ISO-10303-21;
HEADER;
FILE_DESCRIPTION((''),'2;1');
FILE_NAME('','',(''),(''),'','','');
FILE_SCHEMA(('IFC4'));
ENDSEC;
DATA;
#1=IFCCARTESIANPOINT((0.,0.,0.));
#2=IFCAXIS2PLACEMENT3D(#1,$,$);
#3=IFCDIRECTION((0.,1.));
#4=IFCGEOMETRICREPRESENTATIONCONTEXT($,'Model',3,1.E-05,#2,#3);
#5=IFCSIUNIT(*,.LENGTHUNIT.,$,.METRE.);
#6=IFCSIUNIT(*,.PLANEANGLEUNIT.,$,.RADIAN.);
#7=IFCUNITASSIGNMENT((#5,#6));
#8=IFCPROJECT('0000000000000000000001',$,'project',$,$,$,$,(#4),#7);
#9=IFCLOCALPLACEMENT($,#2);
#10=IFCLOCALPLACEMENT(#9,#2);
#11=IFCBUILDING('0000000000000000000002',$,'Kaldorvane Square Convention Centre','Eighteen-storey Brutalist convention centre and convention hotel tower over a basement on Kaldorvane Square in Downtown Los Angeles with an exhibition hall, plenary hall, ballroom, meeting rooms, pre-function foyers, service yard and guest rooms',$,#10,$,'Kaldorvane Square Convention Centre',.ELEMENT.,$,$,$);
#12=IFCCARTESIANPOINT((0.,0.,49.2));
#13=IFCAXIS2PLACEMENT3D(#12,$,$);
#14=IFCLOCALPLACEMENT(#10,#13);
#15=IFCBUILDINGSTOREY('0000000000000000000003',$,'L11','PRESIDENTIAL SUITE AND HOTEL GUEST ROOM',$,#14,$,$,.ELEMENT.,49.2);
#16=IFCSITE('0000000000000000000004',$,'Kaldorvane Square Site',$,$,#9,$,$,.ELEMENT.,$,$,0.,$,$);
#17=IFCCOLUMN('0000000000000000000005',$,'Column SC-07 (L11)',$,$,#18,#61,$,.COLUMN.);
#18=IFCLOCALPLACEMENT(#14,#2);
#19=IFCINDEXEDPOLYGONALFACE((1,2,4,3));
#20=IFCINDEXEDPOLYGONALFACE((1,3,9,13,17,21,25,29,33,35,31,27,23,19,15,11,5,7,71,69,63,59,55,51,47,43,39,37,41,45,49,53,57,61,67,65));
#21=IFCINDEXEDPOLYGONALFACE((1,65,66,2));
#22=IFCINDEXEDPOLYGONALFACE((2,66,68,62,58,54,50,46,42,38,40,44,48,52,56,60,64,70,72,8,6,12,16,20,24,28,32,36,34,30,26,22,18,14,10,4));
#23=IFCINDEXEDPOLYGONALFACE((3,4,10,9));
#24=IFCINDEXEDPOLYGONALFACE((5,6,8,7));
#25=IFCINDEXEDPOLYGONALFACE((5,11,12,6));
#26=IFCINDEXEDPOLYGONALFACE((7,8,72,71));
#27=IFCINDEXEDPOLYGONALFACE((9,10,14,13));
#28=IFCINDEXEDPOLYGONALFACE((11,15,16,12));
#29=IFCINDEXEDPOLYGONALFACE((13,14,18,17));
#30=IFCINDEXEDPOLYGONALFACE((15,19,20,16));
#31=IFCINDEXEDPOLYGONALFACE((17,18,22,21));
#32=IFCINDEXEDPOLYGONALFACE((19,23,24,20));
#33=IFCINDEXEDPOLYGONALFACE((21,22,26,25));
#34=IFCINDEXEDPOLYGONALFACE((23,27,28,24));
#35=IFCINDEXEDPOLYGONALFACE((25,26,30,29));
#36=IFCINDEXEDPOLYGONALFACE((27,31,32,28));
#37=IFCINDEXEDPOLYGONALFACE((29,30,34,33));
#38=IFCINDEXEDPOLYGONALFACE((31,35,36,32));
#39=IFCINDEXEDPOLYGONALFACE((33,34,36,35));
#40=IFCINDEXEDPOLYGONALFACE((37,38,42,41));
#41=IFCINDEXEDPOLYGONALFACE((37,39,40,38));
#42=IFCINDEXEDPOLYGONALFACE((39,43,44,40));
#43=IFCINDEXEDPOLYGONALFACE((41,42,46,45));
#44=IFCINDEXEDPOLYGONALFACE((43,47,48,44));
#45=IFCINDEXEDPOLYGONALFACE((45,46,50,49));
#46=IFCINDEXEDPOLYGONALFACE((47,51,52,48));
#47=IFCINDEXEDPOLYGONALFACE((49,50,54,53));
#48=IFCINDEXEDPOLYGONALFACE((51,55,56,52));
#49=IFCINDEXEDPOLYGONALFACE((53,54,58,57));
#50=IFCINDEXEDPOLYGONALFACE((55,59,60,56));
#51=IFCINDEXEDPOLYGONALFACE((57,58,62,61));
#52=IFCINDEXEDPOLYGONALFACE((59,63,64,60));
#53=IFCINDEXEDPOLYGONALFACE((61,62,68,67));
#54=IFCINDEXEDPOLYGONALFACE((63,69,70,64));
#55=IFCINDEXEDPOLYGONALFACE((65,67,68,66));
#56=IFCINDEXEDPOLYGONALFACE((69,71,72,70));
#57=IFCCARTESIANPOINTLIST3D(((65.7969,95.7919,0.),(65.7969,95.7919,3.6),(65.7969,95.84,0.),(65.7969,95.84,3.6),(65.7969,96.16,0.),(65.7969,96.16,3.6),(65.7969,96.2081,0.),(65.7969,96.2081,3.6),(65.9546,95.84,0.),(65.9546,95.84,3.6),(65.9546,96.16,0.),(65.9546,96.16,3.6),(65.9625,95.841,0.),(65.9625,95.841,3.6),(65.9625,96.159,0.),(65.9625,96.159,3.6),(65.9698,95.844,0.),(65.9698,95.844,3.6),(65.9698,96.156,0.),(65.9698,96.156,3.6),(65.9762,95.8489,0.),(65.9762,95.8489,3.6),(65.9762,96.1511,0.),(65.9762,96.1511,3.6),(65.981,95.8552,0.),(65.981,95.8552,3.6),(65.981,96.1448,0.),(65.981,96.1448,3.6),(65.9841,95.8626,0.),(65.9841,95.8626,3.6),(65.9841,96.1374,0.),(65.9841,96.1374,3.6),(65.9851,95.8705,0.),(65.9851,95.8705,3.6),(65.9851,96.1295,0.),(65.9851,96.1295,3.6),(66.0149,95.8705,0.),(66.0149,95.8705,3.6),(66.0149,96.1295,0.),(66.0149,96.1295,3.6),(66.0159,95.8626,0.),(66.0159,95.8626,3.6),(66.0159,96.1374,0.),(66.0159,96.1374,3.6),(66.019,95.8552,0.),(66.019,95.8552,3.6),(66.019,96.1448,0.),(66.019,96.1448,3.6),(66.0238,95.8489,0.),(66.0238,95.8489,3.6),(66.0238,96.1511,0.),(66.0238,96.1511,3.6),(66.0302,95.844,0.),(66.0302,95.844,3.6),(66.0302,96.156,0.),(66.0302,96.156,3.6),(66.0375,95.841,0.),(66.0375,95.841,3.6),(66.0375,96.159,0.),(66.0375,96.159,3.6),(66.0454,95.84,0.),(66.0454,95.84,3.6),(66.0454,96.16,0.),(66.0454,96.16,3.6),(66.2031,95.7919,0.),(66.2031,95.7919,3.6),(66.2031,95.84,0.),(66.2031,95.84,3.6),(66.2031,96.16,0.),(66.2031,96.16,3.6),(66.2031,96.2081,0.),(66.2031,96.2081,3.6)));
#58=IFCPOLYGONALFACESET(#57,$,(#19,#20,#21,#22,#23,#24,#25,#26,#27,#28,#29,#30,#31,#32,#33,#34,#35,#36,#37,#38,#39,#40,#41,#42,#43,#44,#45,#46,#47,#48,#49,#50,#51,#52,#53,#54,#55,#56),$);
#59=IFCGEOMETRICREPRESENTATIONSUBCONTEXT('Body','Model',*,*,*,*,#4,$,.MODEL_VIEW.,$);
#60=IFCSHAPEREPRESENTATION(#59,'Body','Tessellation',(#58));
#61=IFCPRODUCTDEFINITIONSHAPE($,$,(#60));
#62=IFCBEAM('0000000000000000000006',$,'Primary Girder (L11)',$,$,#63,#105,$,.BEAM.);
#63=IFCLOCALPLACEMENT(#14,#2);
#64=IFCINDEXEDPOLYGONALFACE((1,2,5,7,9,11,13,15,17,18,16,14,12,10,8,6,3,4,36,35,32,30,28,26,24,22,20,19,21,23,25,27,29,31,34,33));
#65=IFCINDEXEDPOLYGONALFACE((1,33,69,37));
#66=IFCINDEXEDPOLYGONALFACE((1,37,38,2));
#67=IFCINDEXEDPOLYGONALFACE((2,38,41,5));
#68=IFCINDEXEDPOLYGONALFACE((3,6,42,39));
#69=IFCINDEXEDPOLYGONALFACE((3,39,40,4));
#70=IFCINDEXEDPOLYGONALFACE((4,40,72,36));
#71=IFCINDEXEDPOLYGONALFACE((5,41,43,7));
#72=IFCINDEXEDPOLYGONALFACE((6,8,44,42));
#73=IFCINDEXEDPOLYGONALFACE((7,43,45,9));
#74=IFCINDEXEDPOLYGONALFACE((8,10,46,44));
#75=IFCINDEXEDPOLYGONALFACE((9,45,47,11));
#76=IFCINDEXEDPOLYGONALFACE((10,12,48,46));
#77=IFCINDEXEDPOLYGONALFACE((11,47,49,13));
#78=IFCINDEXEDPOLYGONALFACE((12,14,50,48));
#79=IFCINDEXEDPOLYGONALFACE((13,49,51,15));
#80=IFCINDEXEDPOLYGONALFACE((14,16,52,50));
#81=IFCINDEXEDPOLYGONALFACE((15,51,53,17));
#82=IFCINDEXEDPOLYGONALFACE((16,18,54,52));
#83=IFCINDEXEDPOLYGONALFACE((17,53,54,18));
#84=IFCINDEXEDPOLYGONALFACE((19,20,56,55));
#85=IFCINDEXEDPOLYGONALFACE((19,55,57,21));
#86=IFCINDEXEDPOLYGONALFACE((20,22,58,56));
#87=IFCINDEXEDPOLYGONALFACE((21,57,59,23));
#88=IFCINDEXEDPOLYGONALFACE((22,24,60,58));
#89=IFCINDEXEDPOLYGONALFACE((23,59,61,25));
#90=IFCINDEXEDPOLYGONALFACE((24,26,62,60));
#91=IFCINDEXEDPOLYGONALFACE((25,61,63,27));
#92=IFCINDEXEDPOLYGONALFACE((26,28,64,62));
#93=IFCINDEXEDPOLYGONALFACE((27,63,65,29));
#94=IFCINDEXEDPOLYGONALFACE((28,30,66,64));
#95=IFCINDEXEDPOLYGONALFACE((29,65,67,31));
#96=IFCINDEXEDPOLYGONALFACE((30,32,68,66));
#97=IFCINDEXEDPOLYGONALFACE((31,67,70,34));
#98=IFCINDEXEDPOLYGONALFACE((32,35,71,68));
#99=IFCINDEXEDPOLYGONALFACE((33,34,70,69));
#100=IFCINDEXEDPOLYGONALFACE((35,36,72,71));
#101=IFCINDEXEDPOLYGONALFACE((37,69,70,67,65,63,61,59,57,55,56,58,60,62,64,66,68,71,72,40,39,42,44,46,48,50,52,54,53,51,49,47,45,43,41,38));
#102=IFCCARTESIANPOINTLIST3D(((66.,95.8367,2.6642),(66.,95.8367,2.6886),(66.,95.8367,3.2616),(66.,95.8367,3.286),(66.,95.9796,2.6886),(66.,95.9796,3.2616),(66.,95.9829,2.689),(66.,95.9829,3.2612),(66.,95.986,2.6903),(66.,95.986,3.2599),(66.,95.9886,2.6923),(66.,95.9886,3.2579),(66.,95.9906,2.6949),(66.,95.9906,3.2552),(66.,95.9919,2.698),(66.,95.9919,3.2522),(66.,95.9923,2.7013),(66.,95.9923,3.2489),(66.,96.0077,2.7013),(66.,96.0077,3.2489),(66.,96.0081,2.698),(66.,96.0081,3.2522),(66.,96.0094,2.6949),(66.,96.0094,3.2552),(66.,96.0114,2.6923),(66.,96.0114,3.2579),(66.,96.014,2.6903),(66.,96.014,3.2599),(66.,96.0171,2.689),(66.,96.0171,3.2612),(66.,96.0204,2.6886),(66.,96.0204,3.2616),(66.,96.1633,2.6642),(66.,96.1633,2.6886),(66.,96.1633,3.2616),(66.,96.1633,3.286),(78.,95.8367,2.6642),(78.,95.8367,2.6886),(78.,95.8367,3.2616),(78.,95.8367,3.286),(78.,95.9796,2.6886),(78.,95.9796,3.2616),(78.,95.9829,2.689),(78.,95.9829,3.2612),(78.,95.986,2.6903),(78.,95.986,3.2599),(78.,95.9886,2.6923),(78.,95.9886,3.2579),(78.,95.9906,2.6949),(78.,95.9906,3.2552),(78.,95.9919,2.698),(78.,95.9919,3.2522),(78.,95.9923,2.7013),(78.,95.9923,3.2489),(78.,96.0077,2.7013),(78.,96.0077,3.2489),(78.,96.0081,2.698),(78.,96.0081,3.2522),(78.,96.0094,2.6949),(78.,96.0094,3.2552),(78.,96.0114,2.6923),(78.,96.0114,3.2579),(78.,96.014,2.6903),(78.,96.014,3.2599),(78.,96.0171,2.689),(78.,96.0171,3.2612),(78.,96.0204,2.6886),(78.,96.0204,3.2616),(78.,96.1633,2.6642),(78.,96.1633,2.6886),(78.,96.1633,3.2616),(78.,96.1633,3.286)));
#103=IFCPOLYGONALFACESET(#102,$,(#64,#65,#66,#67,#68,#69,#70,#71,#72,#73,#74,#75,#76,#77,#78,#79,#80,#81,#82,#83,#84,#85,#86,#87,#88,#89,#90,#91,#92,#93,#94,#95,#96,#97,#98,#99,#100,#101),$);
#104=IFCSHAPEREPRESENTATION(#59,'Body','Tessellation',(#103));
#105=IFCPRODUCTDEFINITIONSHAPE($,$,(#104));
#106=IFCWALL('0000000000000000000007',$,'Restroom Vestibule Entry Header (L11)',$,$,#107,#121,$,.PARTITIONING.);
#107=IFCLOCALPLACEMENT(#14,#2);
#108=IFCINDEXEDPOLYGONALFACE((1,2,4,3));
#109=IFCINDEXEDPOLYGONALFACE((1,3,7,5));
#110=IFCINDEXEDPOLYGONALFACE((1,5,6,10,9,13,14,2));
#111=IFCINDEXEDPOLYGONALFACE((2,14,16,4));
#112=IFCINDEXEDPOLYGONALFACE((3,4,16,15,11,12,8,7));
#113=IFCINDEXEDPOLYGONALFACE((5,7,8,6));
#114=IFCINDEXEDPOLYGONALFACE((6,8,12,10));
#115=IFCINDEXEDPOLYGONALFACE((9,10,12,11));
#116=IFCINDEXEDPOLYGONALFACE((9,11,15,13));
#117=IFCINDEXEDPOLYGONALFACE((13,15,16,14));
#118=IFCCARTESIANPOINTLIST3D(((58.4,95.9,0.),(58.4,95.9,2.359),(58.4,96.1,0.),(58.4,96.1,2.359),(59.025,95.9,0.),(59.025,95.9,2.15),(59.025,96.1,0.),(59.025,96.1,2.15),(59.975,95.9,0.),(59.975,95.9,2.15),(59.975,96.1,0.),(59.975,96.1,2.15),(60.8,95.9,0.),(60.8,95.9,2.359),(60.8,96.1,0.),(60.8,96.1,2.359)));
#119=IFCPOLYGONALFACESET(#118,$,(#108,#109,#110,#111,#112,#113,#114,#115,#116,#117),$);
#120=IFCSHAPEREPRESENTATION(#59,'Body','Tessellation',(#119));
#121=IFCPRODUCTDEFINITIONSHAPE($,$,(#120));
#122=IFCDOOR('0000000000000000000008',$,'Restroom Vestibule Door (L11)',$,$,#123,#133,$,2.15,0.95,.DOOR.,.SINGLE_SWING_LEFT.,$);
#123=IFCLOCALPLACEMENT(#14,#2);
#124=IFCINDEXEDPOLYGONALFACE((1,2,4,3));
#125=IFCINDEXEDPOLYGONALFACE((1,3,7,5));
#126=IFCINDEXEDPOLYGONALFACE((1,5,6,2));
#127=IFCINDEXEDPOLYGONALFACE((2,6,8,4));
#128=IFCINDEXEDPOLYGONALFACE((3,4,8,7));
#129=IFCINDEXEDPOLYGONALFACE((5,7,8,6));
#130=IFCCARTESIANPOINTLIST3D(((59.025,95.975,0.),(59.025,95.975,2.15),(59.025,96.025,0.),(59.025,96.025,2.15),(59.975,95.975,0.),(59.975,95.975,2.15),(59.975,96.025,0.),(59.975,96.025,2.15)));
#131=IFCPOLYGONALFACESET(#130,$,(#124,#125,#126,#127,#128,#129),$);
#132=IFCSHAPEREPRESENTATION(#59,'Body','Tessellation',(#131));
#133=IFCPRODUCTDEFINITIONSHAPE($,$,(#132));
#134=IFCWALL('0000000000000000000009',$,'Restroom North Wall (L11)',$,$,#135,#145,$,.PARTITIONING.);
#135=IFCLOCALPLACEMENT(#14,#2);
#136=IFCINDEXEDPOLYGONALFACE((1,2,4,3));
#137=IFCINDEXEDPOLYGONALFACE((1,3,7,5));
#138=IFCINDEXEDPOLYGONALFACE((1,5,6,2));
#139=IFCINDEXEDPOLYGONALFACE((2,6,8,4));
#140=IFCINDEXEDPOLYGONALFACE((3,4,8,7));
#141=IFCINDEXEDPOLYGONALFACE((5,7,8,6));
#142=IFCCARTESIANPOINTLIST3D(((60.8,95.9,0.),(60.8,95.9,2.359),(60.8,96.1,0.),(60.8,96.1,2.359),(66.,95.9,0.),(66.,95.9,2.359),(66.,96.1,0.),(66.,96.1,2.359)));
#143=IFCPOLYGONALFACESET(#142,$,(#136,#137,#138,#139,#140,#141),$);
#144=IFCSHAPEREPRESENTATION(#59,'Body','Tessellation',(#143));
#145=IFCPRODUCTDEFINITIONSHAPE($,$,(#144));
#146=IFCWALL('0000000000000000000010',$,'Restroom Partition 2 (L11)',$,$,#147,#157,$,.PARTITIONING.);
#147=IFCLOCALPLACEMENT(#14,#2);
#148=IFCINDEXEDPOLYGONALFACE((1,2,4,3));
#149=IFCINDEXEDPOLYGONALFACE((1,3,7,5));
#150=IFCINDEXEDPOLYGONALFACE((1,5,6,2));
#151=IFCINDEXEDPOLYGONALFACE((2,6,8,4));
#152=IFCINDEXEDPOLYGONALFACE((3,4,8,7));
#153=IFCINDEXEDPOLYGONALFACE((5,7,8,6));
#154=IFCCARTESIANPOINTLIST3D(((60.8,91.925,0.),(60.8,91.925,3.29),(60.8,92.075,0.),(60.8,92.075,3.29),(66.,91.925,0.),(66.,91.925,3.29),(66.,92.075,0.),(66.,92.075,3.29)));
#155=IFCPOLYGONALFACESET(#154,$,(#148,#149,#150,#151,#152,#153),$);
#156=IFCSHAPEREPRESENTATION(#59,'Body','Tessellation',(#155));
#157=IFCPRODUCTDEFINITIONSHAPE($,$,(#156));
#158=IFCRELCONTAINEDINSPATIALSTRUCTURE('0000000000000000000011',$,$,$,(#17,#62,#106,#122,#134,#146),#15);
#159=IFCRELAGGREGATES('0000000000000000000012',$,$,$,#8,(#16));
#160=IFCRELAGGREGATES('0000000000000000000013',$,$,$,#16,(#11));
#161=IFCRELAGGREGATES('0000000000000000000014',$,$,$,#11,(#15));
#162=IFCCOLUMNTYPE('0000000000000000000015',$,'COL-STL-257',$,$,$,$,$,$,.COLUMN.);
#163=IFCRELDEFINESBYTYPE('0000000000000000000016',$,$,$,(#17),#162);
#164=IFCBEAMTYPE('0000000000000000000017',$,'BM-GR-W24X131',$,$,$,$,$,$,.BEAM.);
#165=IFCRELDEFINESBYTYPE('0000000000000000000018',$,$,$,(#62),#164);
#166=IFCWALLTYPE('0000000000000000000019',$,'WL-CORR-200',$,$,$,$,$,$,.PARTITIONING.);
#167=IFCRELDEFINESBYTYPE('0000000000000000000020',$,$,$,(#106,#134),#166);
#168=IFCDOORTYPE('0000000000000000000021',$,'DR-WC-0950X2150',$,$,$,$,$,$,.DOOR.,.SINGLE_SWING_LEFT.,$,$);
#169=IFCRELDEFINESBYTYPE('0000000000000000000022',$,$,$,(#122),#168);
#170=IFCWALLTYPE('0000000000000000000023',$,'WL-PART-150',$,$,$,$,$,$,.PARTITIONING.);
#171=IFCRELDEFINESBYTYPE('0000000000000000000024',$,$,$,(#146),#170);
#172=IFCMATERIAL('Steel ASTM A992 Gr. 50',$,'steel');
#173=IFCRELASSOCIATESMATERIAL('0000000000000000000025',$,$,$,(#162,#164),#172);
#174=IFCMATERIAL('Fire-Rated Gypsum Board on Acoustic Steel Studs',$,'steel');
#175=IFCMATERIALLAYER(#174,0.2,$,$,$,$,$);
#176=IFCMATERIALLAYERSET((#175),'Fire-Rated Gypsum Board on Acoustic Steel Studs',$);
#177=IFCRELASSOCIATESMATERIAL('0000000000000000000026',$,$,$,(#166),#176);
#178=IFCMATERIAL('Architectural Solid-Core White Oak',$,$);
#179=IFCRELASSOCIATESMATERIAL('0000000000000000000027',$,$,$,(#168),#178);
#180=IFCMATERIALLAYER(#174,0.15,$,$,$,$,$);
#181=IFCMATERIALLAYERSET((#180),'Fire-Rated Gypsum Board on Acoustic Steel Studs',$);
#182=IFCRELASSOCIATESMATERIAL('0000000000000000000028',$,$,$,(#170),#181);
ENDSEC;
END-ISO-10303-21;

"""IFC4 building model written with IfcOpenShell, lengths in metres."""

from ifc_helpers import new_model, si_unit, direction, frame, frame_2d, origin, origin_2d, place, context, subcontext, project, spatial, rectangle, i_section, extrude, material, layer, layer_set, material_profile, profile_set, type_object, element, fill, save


model = new_model("IFC4")

# Units and contexts
model_context = context("Model", 3, precision=1e-05, world=origin(), true_north=direction((0.0, 1.0)))
body_context = subcontext(model_context, "Body", "Model", "MODEL_VIEW")
ifc_project = project(units=[si_unit("LENGTHUNIT", "METRE"), si_unit("PLANEANGLEUNIT", "RADIAN")], contexts=[model_context])

# Site, building, storey
site_placement = place(None, origin())
site = spatial("IfcSite", under=ifc_project, at=site_placement, Name="Kaldorvane Square Site", CompositionType="ELEMENT", RefElevation=0.0)
building_placement = place(site_placement, origin())
building = spatial("IfcBuilding", under=site, at=building_placement, Name="Kaldorvane Square Convention Centre", Description="Eighteen-storey Brutalist convention centre and convention hotel tower over a basement on Kaldorvane Square in Downtown Los Angeles with an exhibition hall, plenary hall, ballroom, meeting rooms, pre-function foyers, service yard and guest rooms", LongName="Kaldorvane Square Convention Centre", CompositionType="ELEMENT")
storey_placement = place(building_placement, frame((0.0, 0.0, 49.2)))
storey = spatial("IfcBuildingStorey", under=building, at=storey_placement, Name="L11", Description="PRESIDENTIAL SUITE AND HOTEL GUEST ROOM", CompositionType="ELEMENT", Elevation=49.2)

# Column
ifc_material_1 = material(Name="Steel ASTM A992 Gr. 50", Category="steel")
ifc_material_profile_1 = material_profile(ifc_material_1, i_section(OverallWidth=0.4063, OverallDepth=0.4161, WebThickness=0.0298, FlangeThickness=0.048, FilletRadius=0.0305, at=origin_2d()), Name="W14X257")
ifc_profile_set_1 = profile_set([ifc_material_profile_1], Name="Steel ASTM A992 Gr. 50")
column_type = type_object("IfcColumnType", Name="COL-STL-257", PredefinedType="COLUMN", material=ifc_profile_set_1)
column_placement = place(storey_placement, frame((66.0, 96.0, 0.0), z_axis=(0.0, 0.0, 1.0), x_axis=(1.0, 0.0, 0.0)))
element("IfcColumn", 1, at=column_placement, inside=storey, type_object=column_type, Name="Column SC-07 (L11)", PredefinedType="COLUMN", context=body_context, shape_type="SweptSolid", body=[
    extrude(i_section(OverallWidth=0.4063, OverallDepth=0.4161, WebThickness=0.0298, FlangeThickness=0.048, FilletRadius=0.0305, at=origin_2d()), origin(), (0.0, 0.0, 1.0), 3.6),
])

# Beam
ifc_material_profile_2 = material_profile(ifc_material_1, i_section(OverallWidth=0.3265, OverallDepth=0.6218, WebThickness=0.0154, FlangeThickness=0.0244, FilletRadius=0.0127, at=origin_2d()), Name="W24X131")
ifc_profile_set_2 = profile_set([ifc_material_profile_2], Name="Steel ASTM A992 Gr. 50")
beam_type = type_object("IfcBeamType", Name="BM-GR-W24X131", PredefinedType="BEAM", material=ifc_profile_set_2)
beam_placement = place(storey_placement, frame((66.0, 96.0, 2.9751), z_axis=(1.0, 0.0, 0.0), x_axis=(0.0, 1.0, 0.0)))
element("IfcBeam", 2, at=beam_placement, inside=storey, type_object=beam_type, Name="Primary Girder (L11)", PredefinedType="BEAM", context=body_context, shape_type="SweptSolid", body=[
    extrude(i_section(OverallWidth=0.3265, OverallDepth=0.6218, WebThickness=0.0154, FlangeThickness=0.0244, FilletRadius=0.0127, at=origin_2d()), origin(), (0.0, 0.0, 1.0), 12.0),
])

# Wall, opening, door
ifc_material_2 = material(Name="Fire-Rated Gypsum Board on Acoustic Steel Studs", Category="steel")
ifc_layer_1 = layer(ifc_material_2, 0.2)
ifc_layer_set_1 = layer_set([ifc_layer_1], Name="Fire-Rated Gypsum Board on Acoustic Steel Studs")
wall_type_1 = type_object("IfcWallType", Name="WL-CORR-200", PredefinedType="PARTITIONING", material=ifc_layer_set_1)
wall_1_placement = place(storey_placement, frame((58.4, 96.0, 0.0), z_axis=(0.0, 0.0, 1.0), x_axis=(1.0, 0.0, 0.0)))
wall_1 = element("IfcWall", 3, at=wall_1_placement, inside=storey, type_object=wall_type_1, Name="Restroom Vestibule Entry Header (L11)", PredefinedType="PARTITIONING", context=body_context, shape_type="SweptSolid", body=[
    extrude(rectangle(XDim=2.4, YDim=0.2, at=frame_2d((1.2, 0.0))), origin(), (0.0, 0.0, 1.0), 2.359),
])
opening_1_placement = place(wall_1_placement, frame((0.625, 0.0, 0.0)))
opening_1 = element("IfcOpeningElement", 4, at=opening_1_placement, cuts=wall_1, PredefinedType="OPENING", context=body_context, shape_type="SweptSolid", body=[
    extrude(rectangle(XDim=0.95, YDim=2.15, at=frame_2d((0.475, 1.075))), frame((0.0, 0.115, 0.0), z_axis=(0.0, -1.0, 0.0), x_axis=(1.0, 0.0, 0.0)), (0.0, 0.0, 1.0), 0.23),
])
ifc_material_3 = material(Name="Architectural Solid-Core White Oak")
door_type_1 = type_object("IfcDoorType", Name="DR-WC-0950X2150", OperationType="SINGLE_SWING_LEFT", PredefinedType="DOOR", material=ifc_material_3)
door_1_placement = place(opening_1_placement, origin())
door_1 = element("IfcDoor", 5, at=door_1_placement, inside=storey, type_object=door_type_1, Name="Restroom Vestibule Door (L11)", OperationType="SINGLE_SWING_LEFT", OverallHeight=2.15, OverallWidth=0.95, PredefinedType="DOOR", context=body_context, shape_type="SweptSolid", body=[
    extrude(rectangle(XDim=0.95, YDim=2.15, at=frame_2d((0.475, 1.075))), frame((0.0, 0.025, 0.0), z_axis=(0.0, -1.0, 0.0), x_axis=(1.0, 0.0, 0.0)), (0.0, 0.0, 1.0), 0.05),
])
fill(opening_1, door_1)

# Walls
wall_2_placement = place(storey_placement, frame((60.8, 96.0, 0.0), z_axis=(0.0, 0.0, 1.0), x_axis=(1.0, 0.0, 0.0)))
element("IfcWall", 6, at=wall_2_placement, inside=storey, type_object=wall_type_1, Name="Restroom North Wall (L11)", PredefinedType="PARTITIONING", context=body_context, shape_type="SweptSolid", body=[
    extrude(rectangle(XDim=5.2, YDim=0.2, at=frame_2d((2.6, 0.0))), origin(), (0.0, 0.0, 1.0), 2.359),
])
ifc_layer_2 = layer(ifc_material_2, 0.15)
ifc_layer_set_2 = layer_set([ifc_layer_2], Name="Fire-Rated Gypsum Board on Acoustic Steel Studs")
wall_type_2 = type_object("IfcWallType", Name="WL-PART-150", PredefinedType="PARTITIONING", material=ifc_layer_set_2)
wall_3_placement = place(storey_placement, frame((60.8, 92.0, 0.0), z_axis=(0.0, 0.0, 1.0), x_axis=(1.0, 0.0, 0.0)))
element("IfcWall", 7, at=wall_3_placement, inside=storey, type_object=wall_type_2, Name="Restroom Partition 2 (L11)", PredefinedType="PARTITIONING", context=body_context, shape_type="SweptSolid", body=[
    extrude(rectangle(XDim=5.2, YDim=0.15, at=frame_2d((2.6, 0.0))), origin(), (0.0, 0.0, 1.0), 3.29),
])

save(model, "model.ifc")
